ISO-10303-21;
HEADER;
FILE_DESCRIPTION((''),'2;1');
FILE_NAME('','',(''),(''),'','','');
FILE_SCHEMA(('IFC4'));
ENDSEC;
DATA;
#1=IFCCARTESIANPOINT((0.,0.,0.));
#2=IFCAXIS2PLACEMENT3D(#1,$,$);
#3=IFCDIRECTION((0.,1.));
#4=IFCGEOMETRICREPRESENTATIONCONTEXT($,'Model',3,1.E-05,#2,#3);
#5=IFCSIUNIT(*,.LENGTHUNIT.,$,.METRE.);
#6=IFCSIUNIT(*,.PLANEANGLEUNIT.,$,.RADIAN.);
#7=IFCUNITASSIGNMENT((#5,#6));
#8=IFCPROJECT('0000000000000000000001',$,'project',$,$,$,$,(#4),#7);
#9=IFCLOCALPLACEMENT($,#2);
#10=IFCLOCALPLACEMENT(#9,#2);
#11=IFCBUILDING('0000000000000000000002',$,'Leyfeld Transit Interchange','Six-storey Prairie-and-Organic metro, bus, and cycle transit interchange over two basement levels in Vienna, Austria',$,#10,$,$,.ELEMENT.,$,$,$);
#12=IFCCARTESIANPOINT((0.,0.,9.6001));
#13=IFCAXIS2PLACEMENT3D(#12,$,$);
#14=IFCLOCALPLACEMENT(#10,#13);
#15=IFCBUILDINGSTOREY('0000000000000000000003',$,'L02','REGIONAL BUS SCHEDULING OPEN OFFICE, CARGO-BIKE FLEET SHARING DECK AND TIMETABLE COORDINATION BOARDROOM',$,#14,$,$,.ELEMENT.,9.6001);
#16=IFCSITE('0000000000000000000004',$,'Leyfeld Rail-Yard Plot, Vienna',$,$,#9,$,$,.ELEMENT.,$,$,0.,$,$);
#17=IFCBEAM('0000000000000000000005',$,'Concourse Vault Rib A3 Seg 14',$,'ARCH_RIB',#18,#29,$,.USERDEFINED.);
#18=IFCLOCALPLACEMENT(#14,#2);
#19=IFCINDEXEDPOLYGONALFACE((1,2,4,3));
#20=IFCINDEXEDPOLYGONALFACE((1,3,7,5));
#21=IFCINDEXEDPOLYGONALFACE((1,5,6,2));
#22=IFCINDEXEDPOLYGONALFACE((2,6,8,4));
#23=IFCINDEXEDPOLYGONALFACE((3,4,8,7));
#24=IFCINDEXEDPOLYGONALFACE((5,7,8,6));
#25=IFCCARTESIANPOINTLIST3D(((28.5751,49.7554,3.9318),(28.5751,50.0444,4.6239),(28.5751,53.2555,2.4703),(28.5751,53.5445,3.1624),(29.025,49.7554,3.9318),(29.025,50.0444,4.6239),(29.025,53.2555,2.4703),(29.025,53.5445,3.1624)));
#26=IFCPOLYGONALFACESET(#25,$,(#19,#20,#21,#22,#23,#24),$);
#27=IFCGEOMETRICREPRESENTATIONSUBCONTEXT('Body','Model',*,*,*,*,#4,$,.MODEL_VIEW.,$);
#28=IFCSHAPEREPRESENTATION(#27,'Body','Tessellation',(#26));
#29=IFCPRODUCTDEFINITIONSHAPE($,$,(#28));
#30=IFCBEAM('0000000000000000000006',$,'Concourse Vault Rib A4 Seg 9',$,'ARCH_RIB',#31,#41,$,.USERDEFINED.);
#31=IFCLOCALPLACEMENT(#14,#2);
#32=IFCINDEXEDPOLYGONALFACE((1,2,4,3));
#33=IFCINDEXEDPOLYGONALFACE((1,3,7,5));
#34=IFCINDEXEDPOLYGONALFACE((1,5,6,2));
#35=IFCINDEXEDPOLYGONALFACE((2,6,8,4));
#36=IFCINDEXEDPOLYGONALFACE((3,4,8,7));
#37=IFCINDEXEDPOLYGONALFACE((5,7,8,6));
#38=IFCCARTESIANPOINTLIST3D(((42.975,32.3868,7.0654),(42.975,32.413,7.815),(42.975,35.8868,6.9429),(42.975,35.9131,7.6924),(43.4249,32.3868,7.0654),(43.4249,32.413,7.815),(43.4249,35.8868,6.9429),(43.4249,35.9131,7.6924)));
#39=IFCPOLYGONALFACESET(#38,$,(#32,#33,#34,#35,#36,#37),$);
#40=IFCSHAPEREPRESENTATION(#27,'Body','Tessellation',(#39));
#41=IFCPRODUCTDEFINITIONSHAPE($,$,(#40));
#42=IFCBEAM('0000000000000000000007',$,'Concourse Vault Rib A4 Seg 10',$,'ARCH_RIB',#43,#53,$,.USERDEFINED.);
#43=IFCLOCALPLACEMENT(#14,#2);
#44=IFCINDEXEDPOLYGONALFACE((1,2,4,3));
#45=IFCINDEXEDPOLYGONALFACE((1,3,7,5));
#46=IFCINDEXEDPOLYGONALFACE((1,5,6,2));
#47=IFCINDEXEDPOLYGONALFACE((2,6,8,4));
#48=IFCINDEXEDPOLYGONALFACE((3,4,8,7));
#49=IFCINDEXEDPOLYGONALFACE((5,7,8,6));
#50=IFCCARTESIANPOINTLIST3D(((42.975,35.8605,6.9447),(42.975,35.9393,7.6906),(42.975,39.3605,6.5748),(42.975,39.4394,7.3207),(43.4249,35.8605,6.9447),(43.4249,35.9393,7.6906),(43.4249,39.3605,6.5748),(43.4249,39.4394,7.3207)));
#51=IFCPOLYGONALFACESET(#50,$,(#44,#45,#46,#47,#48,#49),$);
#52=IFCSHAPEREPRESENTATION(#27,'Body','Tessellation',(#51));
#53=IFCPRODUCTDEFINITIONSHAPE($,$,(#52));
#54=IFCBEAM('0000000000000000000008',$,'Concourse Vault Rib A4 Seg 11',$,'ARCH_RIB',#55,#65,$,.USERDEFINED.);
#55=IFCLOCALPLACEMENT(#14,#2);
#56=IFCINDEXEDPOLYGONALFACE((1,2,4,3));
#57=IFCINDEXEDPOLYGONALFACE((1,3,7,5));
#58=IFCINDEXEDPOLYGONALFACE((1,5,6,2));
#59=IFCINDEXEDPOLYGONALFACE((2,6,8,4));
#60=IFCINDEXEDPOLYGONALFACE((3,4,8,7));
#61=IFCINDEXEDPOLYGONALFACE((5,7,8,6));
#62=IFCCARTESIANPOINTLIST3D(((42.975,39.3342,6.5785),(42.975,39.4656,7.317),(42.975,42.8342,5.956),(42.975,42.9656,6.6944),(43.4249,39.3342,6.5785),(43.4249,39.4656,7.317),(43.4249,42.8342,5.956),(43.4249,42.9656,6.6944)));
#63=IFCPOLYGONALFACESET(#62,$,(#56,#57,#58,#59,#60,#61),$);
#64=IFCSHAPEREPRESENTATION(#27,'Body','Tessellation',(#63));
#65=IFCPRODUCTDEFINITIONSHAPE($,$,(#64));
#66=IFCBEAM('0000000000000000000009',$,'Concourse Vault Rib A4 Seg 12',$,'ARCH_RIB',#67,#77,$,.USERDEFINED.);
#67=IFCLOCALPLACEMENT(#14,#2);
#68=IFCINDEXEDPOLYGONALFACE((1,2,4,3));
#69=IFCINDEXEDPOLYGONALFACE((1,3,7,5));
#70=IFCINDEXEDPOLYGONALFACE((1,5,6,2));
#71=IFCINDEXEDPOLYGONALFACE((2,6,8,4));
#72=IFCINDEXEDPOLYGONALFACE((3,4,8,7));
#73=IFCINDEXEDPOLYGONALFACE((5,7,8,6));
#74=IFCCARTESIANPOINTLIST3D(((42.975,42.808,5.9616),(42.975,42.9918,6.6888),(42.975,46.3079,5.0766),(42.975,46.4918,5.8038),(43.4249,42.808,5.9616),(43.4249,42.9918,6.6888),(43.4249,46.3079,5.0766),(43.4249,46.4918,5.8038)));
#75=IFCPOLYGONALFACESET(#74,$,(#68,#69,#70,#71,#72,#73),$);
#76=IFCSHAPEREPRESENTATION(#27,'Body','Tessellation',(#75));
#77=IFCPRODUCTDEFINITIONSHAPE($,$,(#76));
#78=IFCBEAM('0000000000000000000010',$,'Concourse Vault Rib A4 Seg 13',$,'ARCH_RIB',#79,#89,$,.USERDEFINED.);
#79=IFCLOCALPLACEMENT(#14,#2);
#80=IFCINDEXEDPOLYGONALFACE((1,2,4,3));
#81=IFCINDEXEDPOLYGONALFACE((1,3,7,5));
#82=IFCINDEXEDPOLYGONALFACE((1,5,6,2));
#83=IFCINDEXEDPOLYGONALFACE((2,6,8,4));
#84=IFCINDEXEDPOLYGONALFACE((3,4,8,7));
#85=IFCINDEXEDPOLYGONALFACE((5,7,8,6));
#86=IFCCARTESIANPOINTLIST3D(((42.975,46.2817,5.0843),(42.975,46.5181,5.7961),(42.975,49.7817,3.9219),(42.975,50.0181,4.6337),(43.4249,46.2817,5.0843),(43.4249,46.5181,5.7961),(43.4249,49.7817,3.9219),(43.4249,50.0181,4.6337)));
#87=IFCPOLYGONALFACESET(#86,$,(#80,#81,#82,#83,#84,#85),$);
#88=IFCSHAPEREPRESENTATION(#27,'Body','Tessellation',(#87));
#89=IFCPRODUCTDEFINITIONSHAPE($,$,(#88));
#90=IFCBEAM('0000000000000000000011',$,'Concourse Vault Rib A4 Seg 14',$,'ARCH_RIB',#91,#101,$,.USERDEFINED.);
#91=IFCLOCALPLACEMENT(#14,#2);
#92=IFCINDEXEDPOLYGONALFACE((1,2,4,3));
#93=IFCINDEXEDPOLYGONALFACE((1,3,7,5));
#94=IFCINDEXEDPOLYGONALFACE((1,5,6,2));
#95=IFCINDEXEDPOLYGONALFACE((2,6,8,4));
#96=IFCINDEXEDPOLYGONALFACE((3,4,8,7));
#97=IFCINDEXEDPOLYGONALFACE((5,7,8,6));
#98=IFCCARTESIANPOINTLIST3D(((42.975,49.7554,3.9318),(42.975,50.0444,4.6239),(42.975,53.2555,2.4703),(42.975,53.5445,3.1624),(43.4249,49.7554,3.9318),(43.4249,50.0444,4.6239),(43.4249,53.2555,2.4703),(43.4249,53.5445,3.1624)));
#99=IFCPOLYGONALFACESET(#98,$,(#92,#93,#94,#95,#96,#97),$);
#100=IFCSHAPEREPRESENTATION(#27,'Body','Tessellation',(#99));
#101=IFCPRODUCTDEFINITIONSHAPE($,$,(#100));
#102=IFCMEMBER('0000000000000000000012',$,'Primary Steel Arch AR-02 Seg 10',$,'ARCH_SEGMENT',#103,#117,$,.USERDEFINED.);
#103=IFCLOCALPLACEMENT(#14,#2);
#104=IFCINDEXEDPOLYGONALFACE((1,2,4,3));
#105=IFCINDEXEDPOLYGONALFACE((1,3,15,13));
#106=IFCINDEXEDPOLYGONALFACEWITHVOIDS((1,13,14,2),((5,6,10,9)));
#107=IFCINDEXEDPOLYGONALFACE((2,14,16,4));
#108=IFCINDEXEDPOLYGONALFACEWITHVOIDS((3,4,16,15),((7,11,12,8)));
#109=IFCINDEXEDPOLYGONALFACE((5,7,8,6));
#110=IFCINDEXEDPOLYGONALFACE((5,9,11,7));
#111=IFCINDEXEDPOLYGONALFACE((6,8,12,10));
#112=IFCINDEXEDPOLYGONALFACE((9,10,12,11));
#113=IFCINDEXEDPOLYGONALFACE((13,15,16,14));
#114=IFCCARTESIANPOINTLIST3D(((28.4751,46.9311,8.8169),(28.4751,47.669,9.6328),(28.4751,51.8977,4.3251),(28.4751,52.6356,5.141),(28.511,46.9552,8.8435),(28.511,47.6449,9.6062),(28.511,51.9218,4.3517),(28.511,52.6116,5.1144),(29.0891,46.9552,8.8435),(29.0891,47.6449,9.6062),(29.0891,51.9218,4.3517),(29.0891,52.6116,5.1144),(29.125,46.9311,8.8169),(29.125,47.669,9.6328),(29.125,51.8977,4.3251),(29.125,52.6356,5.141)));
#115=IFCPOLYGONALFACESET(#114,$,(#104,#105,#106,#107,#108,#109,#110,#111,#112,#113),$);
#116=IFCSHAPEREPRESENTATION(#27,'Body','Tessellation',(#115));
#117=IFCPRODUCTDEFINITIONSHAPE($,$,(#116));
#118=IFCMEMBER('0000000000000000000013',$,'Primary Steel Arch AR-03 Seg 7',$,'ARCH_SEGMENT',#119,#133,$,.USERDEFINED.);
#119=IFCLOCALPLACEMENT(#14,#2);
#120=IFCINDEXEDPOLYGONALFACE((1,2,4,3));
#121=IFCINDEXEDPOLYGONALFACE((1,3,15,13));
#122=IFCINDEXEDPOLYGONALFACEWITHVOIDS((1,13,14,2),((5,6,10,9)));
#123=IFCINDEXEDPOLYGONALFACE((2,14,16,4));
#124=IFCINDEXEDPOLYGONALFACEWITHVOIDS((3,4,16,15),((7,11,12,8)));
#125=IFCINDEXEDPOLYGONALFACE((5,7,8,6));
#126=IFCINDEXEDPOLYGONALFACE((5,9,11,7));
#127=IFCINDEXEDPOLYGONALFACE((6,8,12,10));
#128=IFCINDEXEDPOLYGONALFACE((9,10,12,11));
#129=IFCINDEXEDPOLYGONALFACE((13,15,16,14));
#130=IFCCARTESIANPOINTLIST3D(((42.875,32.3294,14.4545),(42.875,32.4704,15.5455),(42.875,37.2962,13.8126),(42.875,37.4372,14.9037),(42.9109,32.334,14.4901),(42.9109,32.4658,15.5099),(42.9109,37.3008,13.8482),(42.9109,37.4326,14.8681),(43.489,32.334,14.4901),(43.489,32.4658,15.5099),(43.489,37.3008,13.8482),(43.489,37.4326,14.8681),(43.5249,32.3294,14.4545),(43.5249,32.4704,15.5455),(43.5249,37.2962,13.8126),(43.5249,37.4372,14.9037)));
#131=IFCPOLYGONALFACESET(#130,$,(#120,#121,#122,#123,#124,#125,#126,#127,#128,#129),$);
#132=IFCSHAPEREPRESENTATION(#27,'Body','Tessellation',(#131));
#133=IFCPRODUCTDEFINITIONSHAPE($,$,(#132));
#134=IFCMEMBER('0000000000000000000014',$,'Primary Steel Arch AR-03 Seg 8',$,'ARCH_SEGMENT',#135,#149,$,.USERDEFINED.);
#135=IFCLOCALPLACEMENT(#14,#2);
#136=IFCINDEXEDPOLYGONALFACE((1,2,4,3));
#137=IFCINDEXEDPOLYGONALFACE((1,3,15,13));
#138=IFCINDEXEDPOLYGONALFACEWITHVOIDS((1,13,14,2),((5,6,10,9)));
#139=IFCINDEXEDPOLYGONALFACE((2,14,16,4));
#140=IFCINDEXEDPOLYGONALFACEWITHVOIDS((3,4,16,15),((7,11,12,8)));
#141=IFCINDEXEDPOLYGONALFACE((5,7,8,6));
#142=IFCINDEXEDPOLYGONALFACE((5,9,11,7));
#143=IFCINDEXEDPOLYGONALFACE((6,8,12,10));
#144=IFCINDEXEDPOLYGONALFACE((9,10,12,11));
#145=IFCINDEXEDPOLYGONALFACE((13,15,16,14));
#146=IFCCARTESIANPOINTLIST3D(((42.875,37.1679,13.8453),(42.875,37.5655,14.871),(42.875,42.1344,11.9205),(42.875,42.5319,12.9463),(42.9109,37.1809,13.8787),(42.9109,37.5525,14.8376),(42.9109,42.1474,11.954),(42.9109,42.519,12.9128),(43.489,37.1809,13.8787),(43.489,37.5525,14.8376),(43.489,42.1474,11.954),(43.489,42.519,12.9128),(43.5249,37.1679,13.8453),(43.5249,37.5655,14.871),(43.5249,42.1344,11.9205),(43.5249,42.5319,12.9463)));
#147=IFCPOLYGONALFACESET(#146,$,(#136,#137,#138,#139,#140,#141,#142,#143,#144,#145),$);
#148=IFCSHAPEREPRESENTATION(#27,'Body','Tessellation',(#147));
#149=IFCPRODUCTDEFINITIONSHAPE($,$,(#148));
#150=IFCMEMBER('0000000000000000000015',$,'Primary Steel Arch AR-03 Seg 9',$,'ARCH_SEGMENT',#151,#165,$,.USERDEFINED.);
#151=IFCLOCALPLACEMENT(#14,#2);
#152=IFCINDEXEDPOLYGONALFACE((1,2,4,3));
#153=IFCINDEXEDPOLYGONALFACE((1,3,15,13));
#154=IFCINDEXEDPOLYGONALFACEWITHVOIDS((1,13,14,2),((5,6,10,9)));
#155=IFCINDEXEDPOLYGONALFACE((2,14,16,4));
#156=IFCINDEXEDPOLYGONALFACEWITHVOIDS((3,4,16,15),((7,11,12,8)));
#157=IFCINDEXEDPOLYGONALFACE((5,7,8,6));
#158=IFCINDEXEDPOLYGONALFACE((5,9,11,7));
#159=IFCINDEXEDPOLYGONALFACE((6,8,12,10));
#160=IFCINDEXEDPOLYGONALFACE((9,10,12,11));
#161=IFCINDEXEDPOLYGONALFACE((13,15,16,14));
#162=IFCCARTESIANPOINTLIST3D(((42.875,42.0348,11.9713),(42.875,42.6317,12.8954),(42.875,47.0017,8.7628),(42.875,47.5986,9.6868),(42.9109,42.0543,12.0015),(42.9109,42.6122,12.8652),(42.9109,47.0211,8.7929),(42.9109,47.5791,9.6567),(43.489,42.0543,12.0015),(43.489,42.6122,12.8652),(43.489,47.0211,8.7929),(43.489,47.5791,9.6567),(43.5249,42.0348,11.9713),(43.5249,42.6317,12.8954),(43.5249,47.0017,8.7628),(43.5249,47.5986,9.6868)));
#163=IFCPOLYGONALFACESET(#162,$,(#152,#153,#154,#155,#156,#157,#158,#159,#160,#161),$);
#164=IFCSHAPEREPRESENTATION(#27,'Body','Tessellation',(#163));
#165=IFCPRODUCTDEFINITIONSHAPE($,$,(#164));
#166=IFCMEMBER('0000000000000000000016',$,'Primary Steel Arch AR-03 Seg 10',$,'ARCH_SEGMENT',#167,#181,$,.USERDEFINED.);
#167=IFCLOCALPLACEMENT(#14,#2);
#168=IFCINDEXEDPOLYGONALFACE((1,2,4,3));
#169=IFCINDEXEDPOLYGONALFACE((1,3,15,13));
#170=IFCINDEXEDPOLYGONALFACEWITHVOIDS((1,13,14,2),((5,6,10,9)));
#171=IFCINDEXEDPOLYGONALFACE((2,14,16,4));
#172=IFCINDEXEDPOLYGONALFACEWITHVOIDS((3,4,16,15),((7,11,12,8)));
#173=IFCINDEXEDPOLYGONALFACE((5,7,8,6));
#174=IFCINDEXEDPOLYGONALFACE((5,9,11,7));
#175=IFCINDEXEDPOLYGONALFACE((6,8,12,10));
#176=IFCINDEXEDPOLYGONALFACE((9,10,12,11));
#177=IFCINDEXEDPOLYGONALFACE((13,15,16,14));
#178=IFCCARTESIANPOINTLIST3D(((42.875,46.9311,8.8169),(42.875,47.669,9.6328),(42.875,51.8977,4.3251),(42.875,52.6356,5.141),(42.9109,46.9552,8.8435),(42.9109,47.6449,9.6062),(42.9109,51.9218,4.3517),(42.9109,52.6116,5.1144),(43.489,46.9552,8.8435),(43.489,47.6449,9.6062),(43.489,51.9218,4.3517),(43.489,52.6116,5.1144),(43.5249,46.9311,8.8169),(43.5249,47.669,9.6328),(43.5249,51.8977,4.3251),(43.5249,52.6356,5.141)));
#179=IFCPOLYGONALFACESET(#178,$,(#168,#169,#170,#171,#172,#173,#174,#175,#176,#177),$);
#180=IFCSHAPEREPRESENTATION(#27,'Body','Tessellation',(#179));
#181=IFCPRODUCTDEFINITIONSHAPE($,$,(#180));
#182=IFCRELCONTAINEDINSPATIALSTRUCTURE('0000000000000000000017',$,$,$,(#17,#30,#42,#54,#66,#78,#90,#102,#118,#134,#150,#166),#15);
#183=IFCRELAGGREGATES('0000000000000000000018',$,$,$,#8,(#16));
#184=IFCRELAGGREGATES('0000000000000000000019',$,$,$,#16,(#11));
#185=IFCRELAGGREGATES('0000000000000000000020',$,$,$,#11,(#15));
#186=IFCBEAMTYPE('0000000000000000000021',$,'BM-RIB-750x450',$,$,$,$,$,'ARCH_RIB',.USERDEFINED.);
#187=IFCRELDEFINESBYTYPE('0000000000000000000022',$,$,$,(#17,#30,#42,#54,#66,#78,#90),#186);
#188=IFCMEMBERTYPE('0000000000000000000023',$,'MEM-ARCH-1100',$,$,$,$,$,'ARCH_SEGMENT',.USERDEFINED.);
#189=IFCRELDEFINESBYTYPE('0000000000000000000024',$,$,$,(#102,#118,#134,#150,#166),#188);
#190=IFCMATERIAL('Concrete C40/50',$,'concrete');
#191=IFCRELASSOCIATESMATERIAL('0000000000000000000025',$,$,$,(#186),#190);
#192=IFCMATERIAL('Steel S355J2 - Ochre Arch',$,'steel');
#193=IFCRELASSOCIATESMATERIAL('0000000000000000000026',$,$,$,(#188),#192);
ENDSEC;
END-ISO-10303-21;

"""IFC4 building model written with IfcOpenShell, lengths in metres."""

from ifc_helpers import new_model, si_unit, direction, frame, origin, origin_2d, place, context, subcontext, project, spatial, rectangle, hollow_rectangle, extrude, material, material_profile, profile_set, type_object, element, save


model = new_model("IFC4")

# Units and contexts
model_context = context("Model", 3, precision=1e-05, world=origin(), true_north=direction((0.0, 1.0)))
body_context = subcontext(model_context, "Body", "Model", "MODEL_VIEW")
ifc_project = project(units=[si_unit("LENGTHUNIT", "METRE"), si_unit("PLANEANGLEUNIT", "RADIAN")], contexts=[model_context])

# Site, building, storey
site_placement = place(None, origin())
site = spatial("IfcSite", under=ifc_project, at=site_placement, Name="Leyfeld Rail-Yard Plot, Vienna", CompositionType="ELEMENT", RefElevation=0.0)
building_placement = place(site_placement, origin())
building = spatial("IfcBuilding", under=site, at=building_placement, Name="Leyfeld Transit Interchange", Description="Six-storey Prairie-and-Organic metro, bus, and cycle transit interchange over two basement levels in Vienna, Austria", CompositionType="ELEMENT")
storey_placement = place(building_placement, frame((0.0, 0.0, 9.6001)))
storey = spatial("IfcBuildingStorey", under=building, at=storey_placement, Name="L02", Description="REGIONAL BUS SCHEDULING OPEN OFFICE, CARGO-BIKE FLEET SHARING DECK AND TIMETABLE COORDINATION BOARDROOM", CompositionType="ELEMENT", Elevation=9.6001)

# Beams
ifc_material_1 = material(Name="Concrete C40/50", Category="concrete")
ifc_material_profile_1 = material_profile(ifc_material_1, rectangle(XDim=0.45, YDim=0.75, at=origin_2d()), Name="RC 750x450 RIB")
ifc_profile_set_1 = profile_set([ifc_material_profile_1], Name="Concrete C40/50")
beam_type = type_object("IfcBeamType", Name="BM-RIB-750x450", ElementType="ARCH_RIB", PredefinedType="USERDEFINED", material=ifc_profile_set_1)
beam_1_placement = place(storey_placement, frame((28.8, 49.8999, 4.2778), z_axis=(0.0, 0.922787, -0.38531), x_axis=(-1.0, 0.0, 0.0)))
element("IfcBeam", 1, at=beam_1_placement, inside=storey, type_object=beam_type, Name="Concourse Vault Rib A3 Seg 14", ObjectType="ARCH_RIB", PredefinedType="USERDEFINED", context=body_context, shape_type="SweptSolid", body=[
    extrude(rectangle(XDim=0.45, YDim=0.75, at=origin_2d()), origin(), (0.0, 0.0, 1.0), 3.793),
])
beam_2_placement = place(storey_placement, frame((43.2, 32.3999, 7.4402), z_axis=(0.0, 0.999387, -0.034995), x_axis=(-1.0, 0.0, 0.0)))
element("IfcBeam", 2, at=beam_2_placement, inside=storey, type_object=beam_type, Name="Concourse Vault Rib A4 Seg 9", ObjectType="ARCH_RIB", PredefinedType="USERDEFINED", context=body_context, shape_type="SweptSolid", body=[
    extrude(rectangle(XDim=0.45, YDim=0.75, at=origin_2d()), origin(), (0.0, 0.0, 1.0), 3.5022),
])
beam_3_placement = place(storey_placement, frame((43.2, 35.8999, 7.3176), z_axis=(0.0, 0.994462, -0.105093), x_axis=(-1.0, 0.0, 0.0)))
element("IfcBeam", 3, at=beam_3_placement, inside=storey, type_object=beam_type, Name="Concourse Vault Rib A4 Seg 10", ObjectType="ARCH_RIB", PredefinedType="USERDEFINED", context=body_context, shape_type="SweptSolid", body=[
    extrude(rectangle(XDim=0.45, YDim=0.75, at=origin_2d()), origin(), (0.0, 0.0, 1.0), 3.5195),
])
beam_4_placement = place(storey_placement, frame((43.2, 39.3999, 6.9478), z_axis=(0.0, 0.984546, -0.175125), x_axis=(-1.0, 0.0, 0.0)))
element("IfcBeam", 4, at=beam_4_placement, inside=storey, type_object=beam_type, Name="Concourse Vault Rib A4 Seg 11", ObjectType="ARCH_RIB", PredefinedType="USERDEFINED", context=body_context, shape_type="SweptSolid", body=[
    extrude(rectangle(XDim=0.45, YDim=0.75, at=origin_2d()), origin(), (0.0, 0.0, 1.0), 3.5549),
])
beam_5_placement = place(storey_placement, frame((43.2, 42.8999, 6.3252), z_axis=(0.0, 0.969487, -0.245144), x_axis=(-1.0, 0.0, 0.0)))
element("IfcBeam", 5, at=beam_5_placement, inside=storey, type_object=beam_type, Name="Concourse Vault Rib A4 Seg 12", ObjectType="ARCH_RIB", PredefinedType="USERDEFINED", context=body_context, shape_type="SweptSolid", body=[
    extrude(rectangle(XDim=0.45, YDim=0.75, at=origin_2d()), origin(), (0.0, 0.0, 1.0), 3.6101),
])
beam_6_placement = place(storey_placement, frame((43.2, 46.3999, 5.4402), z_axis=(0.0, 0.949034, -0.315175), x_axis=(-1.0, 0.0, 0.0)))
element("IfcBeam", 6, at=beam_6_placement, inside=storey, type_object=beam_type, Name="Concourse Vault Rib A4 Seg 13", ObjectType="ARCH_RIB", PredefinedType="USERDEFINED", context=body_context, shape_type="SweptSolid", body=[
    extrude(rectangle(XDim=0.45, YDim=0.75, at=origin_2d()), origin(), (0.0, 0.0, 1.0), 3.688),
])
beam_7_placement = place(storey_placement, frame((43.2, 49.8999, 4.2778), z_axis=(0.0, 0.922787, -0.38531), x_axis=(-1.0, 0.0, 0.0)))
element("IfcBeam", 7, at=beam_7_placement, inside=storey, type_object=beam_type, Name="Concourse Vault Rib A4 Seg 14", ObjectType="ARCH_RIB", PredefinedType="USERDEFINED", context=body_context, shape_type="SweptSolid", body=[
    extrude(rectangle(XDim=0.45, YDim=0.75, at=origin_2d()), origin(), (0.0, 0.0, 1.0), 3.793),
])

# Members
ifc_material_2 = material(Name="Steel S355J2 - Ochre Arch", Category="steel")
ifc_material_profile_2 = material_profile(ifc_material_2, hollow_rectangle(XDim=0.6499, YDim=1.1001, WallThickness=0.0359, at=origin_2d()), Name="RHS 1100x650x36")
ifc_profile_set_2 = profile_set([ifc_material_profile_2], Name="Steel S355J2 - Ochre Arch")
member_type_1 = type_object("IfcMemberType", Name="MEM-ARCH-1100", ElementType="ARCH_SEGMENT", PredefinedType="USERDEFINED", material=ifc_profile_set_2)
member_1_placement = place(storey_placement, frame((28.8, 47.3, 9.2249), z_axis=(0.0, 0.741673, -0.670762), x_axis=(-1.0, 0.0, 0.0)))
element("IfcMember", 8, at=member_1_placement, inside=storey, type_object=member_type_1, Name="Primary Steel Arch AR-02 Seg 10", ObjectType="ARCH_SEGMENT", PredefinedType="USERDEFINED", context=body_context, shape_type="SweptSolid", body=[
    extrude(hollow_rectangle(XDim=0.6499, YDim=1.1001, WallThickness=0.0359, at=origin_2d()), origin(), (0.0, 0.0, 1.0), 6.6965),
])
member_2_placement = place(storey_placement, frame((43.2, 32.3999, 15.0), z_axis=(0.0, 0.991753, -0.128162), x_axis=(-1.0, 0.0, 0.0)))
element("IfcMember", 9, at=member_2_placement, inside=storey, type_object=member_type_1, Name="Primary Steel Arch AR-03 Seg 7", ObjectType="ARCH_SEGMENT", PredefinedType="USERDEFINED", context=body_context, shape_type="SweptSolid", body=[
    extrude(hollow_rectangle(XDim=0.6499, YDim=1.1001, WallThickness=0.0359, at=origin_2d()), origin(), (0.0, 0.0, 1.0), 5.0081),
])
member_3_placement = place(storey_placement, frame((43.2, 37.3667, 14.3582), z_axis=(0.0, 0.932425, -0.361364), x_axis=(-1.0, 0.0, 0.0)))
element("IfcMember", 10, at=member_3_placement, inside=storey, type_object=member_type_1, Name="Primary Steel Arch AR-03 Seg 8", ObjectType="ARCH_SEGMENT", PredefinedType="USERDEFINED", context=body_context, shape_type="SweptSolid", body=[
    extrude(hollow_rectangle(XDim=0.6499, YDim=1.1001, WallThickness=0.0359, at=origin_2d()), origin(), (0.0, 0.0, 1.0), 5.3264),
])
member_4_placement = place(storey_placement, frame((43.2, 42.3333, 12.4333), z_axis=(0.0, 0.83998, -0.542618), x_axis=(-1.0, 0.0, 0.0)))
element("IfcMember", 11, at=member_4_placement, inside=storey, type_object=member_type_1, Name="Primary Steel Arch AR-03 Seg 9", ObjectType="ARCH_SEGMENT", PredefinedType="USERDEFINED", context=body_context, shape_type="SweptSolid", body=[
    extrude(hollow_rectangle(XDim=0.6499, YDim=1.1001, WallThickness=0.0359, at=origin_2d()), origin(), (0.0, 0.0, 1.0), 5.9131),
])
member_5_placement = place(storey_placement, frame((43.2, 47.3, 9.2249), z_axis=(0.0, 0.741673, -0.670762), x_axis=(-1.0, 0.0, 0.0)))
element("IfcMember", 12, at=member_5_placement, inside=storey, type_object=member_type_1, Name="Primary Steel Arch AR-03 Seg 10", ObjectType="ARCH_SEGMENT", PredefinedType="USERDEFINED", context=body_context, shape_type="SweptSolid", body=[
    extrude(hollow_rectangle(XDim=0.6499, YDim=1.1001, WallThickness=0.0359, at=origin_2d()), origin(), (0.0, 0.0, 1.0), 6.6965),
])

save(model, "model.ifc")
